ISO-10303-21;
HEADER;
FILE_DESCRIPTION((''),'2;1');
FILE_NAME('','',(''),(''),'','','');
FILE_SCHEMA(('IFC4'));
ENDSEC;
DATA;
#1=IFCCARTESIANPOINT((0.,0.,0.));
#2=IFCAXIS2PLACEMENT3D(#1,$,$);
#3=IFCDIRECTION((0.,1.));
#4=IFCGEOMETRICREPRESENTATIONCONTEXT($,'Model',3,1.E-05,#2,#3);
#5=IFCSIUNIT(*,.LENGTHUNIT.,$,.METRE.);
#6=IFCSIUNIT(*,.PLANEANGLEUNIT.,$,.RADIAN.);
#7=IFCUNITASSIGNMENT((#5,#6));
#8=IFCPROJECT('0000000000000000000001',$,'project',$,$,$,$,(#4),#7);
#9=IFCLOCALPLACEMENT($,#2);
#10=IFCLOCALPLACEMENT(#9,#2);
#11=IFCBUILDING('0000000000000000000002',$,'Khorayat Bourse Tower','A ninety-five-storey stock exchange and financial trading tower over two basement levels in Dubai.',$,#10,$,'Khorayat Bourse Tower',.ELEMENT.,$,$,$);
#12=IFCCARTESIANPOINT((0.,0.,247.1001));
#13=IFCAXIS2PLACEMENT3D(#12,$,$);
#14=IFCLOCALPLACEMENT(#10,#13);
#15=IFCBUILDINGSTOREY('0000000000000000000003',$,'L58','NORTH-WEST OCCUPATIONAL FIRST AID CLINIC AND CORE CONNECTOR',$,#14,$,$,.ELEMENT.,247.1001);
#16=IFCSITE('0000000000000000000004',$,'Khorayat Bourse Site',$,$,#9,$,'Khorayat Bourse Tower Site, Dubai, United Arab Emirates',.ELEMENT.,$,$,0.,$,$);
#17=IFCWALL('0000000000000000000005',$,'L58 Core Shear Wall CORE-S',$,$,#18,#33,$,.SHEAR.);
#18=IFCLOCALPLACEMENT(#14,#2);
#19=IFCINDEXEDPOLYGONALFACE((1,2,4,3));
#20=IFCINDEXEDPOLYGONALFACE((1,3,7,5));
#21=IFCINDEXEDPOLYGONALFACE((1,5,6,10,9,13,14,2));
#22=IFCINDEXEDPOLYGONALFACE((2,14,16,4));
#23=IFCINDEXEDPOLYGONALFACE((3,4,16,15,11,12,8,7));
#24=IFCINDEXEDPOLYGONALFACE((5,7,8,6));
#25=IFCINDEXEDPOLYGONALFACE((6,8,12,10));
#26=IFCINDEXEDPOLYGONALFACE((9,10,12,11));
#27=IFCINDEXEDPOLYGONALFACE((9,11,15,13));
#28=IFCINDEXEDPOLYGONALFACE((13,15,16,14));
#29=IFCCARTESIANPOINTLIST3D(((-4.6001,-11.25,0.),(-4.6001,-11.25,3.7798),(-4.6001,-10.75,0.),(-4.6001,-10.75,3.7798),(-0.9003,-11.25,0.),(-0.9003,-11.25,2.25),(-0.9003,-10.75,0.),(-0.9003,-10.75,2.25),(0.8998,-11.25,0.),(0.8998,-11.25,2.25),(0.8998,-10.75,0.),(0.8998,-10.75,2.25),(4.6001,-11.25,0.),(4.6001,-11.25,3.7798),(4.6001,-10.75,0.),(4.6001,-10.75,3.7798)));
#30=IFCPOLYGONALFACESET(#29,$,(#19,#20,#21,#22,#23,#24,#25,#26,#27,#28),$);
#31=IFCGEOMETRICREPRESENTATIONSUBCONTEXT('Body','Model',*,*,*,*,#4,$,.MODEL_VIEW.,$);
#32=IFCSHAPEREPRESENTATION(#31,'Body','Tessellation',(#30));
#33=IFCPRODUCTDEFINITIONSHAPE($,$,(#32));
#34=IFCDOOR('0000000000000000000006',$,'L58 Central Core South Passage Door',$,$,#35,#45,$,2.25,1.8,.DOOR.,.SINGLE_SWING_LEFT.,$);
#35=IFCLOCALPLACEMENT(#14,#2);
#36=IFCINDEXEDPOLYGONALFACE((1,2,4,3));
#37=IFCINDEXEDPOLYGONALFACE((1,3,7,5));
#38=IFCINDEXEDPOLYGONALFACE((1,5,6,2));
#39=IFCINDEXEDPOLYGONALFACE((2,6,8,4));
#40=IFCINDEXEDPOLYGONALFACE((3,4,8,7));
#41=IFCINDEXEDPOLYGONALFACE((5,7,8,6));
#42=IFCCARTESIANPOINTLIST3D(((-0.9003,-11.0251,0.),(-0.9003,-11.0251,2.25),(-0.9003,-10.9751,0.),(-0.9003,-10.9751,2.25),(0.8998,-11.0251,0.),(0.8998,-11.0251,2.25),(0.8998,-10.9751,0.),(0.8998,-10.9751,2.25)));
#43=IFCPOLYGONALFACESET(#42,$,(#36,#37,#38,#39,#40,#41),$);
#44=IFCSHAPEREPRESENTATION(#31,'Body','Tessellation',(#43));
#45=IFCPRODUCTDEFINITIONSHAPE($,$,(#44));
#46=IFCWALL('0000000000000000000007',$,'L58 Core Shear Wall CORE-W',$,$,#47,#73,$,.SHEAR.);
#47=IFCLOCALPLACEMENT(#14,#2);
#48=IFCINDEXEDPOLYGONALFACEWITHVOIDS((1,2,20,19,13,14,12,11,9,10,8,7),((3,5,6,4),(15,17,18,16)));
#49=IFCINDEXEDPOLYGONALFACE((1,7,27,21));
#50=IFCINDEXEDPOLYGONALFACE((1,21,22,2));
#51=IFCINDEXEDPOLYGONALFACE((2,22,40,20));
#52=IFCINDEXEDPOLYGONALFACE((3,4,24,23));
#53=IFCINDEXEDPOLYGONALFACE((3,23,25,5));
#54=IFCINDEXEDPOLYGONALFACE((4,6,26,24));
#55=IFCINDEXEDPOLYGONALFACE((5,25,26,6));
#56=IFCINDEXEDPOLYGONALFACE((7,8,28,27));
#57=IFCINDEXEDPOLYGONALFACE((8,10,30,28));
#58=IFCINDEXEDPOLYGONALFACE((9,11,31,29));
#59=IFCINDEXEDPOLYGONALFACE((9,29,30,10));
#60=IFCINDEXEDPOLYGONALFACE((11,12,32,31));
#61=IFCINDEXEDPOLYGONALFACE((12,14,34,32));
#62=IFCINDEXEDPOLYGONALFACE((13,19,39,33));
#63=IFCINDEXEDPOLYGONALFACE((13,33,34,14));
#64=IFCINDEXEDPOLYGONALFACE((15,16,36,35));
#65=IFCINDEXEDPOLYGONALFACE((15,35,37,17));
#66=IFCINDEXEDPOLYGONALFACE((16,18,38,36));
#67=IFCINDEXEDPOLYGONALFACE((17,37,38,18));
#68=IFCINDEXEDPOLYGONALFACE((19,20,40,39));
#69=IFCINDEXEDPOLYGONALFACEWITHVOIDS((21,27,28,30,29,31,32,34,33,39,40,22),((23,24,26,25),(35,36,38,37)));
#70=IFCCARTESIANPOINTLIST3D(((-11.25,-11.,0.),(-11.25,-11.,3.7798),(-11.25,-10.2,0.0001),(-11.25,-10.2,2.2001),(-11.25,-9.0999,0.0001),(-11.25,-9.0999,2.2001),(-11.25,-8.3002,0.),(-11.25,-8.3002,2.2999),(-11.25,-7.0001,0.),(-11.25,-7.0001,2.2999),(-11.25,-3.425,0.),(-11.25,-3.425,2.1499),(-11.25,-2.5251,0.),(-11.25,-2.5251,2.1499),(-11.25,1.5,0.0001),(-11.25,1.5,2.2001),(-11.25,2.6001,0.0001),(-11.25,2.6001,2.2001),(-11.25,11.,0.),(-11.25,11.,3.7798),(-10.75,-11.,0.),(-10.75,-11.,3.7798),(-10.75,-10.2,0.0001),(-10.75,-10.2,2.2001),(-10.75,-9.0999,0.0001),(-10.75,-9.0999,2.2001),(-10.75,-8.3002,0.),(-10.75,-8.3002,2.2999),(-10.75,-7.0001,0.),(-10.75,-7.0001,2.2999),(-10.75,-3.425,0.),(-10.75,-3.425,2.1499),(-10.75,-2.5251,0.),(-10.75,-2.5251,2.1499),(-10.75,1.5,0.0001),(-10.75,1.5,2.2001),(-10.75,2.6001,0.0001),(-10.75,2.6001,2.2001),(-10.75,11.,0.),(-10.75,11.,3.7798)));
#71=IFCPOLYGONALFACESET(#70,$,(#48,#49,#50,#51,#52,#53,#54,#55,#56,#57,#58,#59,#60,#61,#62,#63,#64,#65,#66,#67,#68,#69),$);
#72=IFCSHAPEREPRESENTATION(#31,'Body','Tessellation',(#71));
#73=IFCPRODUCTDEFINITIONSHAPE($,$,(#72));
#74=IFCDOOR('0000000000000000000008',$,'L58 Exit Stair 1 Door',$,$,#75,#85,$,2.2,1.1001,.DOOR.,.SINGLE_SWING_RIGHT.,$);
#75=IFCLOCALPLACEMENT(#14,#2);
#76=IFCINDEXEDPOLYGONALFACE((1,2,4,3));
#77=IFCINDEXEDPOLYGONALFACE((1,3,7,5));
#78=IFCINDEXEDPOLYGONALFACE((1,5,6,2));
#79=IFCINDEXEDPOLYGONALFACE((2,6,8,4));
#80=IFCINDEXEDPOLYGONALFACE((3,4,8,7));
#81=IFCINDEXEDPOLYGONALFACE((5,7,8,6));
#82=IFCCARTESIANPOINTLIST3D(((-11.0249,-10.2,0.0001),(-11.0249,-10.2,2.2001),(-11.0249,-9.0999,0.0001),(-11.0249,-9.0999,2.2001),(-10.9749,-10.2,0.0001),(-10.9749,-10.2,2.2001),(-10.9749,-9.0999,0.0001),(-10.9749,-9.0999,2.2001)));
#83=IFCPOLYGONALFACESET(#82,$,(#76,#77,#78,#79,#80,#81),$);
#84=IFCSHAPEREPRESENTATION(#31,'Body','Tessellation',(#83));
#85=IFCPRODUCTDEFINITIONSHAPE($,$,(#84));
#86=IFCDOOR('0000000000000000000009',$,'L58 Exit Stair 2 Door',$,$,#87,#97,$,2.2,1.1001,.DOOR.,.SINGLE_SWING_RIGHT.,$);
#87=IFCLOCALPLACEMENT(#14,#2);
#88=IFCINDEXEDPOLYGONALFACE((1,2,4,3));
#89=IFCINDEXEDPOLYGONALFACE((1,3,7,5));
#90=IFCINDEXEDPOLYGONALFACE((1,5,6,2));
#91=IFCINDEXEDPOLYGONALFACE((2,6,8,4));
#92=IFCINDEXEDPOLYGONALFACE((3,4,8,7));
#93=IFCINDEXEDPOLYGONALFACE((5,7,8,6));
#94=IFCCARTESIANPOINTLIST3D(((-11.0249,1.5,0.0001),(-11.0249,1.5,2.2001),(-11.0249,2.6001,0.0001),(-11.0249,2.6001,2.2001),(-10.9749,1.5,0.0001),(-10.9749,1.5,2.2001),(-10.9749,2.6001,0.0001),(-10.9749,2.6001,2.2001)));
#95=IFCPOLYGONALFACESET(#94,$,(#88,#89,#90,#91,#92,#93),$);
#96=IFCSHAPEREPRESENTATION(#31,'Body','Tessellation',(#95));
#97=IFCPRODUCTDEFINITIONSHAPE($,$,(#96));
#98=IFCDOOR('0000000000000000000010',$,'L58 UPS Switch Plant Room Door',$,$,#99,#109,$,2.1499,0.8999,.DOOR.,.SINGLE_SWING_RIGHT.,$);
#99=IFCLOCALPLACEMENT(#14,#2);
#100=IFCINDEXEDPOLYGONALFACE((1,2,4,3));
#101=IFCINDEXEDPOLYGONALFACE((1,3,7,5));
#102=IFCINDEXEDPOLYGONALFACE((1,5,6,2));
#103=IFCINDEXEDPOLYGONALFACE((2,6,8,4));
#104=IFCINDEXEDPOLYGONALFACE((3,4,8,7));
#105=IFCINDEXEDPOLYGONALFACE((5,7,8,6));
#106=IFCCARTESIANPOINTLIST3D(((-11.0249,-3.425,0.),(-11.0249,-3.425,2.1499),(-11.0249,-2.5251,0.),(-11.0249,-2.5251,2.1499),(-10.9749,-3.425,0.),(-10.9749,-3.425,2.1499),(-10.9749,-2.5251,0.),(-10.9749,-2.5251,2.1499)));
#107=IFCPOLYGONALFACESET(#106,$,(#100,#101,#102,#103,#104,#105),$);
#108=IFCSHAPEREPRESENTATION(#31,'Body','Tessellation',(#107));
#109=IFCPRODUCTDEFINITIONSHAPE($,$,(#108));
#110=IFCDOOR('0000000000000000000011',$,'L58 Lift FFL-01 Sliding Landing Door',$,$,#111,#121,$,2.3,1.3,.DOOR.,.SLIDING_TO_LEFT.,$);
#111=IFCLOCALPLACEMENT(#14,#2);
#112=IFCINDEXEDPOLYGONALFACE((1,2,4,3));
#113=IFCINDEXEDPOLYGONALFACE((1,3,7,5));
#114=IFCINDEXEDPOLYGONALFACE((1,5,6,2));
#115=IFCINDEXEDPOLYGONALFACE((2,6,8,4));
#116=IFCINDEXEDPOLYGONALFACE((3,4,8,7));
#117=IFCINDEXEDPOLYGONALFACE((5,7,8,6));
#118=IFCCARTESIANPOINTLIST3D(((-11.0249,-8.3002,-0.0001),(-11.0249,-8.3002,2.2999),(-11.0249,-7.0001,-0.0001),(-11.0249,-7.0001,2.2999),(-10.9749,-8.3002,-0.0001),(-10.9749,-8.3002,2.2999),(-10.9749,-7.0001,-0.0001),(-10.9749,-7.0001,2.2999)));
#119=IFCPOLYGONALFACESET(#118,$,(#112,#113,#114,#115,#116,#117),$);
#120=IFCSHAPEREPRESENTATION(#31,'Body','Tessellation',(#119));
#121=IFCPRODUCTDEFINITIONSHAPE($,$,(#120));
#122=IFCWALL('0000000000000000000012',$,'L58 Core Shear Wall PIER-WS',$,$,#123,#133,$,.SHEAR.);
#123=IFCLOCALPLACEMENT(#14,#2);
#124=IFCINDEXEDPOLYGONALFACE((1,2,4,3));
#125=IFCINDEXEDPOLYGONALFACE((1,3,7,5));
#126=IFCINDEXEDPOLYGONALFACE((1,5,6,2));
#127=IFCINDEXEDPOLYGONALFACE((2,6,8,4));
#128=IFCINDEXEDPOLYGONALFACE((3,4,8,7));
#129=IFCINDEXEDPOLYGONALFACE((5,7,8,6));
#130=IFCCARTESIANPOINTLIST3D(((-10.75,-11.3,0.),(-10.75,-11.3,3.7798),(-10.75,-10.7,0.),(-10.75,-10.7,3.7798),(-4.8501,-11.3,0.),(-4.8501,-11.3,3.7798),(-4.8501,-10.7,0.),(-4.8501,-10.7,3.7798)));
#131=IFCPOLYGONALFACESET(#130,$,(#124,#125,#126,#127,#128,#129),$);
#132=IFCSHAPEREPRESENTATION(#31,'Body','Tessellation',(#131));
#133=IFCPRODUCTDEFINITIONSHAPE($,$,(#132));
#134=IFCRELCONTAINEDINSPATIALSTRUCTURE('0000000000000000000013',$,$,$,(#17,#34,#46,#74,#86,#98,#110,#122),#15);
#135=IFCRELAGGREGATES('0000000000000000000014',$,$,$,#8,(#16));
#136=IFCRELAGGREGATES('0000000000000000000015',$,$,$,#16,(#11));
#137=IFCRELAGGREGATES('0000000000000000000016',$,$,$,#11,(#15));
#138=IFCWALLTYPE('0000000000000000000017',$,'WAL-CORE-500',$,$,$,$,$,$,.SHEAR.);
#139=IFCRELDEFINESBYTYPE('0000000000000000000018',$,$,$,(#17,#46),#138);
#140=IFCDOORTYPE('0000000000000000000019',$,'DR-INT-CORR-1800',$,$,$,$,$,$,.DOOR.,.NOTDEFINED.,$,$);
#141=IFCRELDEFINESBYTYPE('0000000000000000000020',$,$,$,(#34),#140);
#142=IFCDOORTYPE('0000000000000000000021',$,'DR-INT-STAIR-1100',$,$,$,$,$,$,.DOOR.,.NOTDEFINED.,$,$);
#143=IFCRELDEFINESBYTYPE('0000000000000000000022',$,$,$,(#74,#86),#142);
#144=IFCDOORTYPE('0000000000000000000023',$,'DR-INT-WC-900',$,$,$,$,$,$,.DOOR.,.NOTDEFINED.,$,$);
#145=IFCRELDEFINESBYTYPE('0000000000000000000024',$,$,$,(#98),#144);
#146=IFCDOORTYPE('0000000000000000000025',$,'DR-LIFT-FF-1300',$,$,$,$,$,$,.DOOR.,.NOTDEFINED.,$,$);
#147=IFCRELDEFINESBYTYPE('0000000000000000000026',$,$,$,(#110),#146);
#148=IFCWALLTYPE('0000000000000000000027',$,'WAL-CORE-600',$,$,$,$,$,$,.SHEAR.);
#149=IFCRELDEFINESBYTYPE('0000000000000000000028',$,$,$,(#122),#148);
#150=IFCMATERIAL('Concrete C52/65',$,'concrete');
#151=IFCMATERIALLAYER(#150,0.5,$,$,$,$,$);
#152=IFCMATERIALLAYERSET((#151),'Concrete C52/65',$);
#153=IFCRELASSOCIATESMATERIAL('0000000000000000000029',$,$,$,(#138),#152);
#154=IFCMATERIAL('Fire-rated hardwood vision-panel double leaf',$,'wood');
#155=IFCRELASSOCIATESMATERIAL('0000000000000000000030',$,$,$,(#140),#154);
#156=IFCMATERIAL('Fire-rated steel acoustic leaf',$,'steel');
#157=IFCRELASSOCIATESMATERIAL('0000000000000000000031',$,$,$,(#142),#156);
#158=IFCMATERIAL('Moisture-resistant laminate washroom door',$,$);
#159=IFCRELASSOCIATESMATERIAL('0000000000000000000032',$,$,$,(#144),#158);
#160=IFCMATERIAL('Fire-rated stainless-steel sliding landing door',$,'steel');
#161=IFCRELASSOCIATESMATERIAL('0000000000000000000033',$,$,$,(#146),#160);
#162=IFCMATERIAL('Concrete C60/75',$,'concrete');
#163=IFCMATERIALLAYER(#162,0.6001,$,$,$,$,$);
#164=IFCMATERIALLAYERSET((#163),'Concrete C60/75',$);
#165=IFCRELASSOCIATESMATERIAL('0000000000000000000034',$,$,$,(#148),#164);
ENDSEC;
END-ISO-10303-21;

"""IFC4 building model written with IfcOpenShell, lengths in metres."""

from ifc_helpers import new_model, si_unit, direction, frame, frame_2d, origin, place, context, subcontext, project, spatial, rectangle, extrude, source, transform, mapped, material, layer, layer_set, type_object, element, fill, save


model = new_model("IFC4")

# Units and contexts
model_context = context("Model", 3, precision=1e-05, world=origin(), true_north=direction((0.0, 1.0)))
body_context = subcontext(model_context, "Body", "Model", "MODEL_VIEW")
ifc_project = project(units=[si_unit("LENGTHUNIT", "METRE"), si_unit("PLANEANGLEUNIT", "RADIAN")], contexts=[model_context])

# Site, building, storey
site_placement = place(None, origin())
site = spatial("IfcSite", under=ifc_project, at=site_placement, Name="Khorayat Bourse Site", LongName="Khorayat Bourse Tower Site, Dubai, United Arab Emirates", CompositionType="ELEMENT", RefElevation=0.0)
building_placement = place(site_placement, origin())
building = spatial("IfcBuilding", under=site, at=building_placement, Name="Khorayat Bourse Tower", Description="A ninety-five-storey stock exchange and financial trading tower over two basement levels in Dubai.", LongName="Khorayat Bourse Tower", CompositionType="ELEMENT")
storey_placement = place(building_placement, frame((0.0, 0.0, 247.1001)))
storey = spatial("IfcBuildingStorey", under=building, at=storey_placement, Name="L58", Description="NORTH-WEST OCCUPATIONAL FIRST AID CLINIC AND CORE CONNECTOR", CompositionType="ELEMENT", Elevation=247.1001)

# Shared definitions
ifc_material_1 = material(Name="Concrete C60/75", Category="concrete")

# Wall, opening, door
ifc_material_2 = material(Name="Concrete C52/65", Category="concrete")
ifc_layer_1 = layer(ifc_material_2, 0.5)
ifc_layer_set_1 = layer_set([ifc_layer_1], Name="Concrete C52/65")
wall_type_1 = type_object("IfcWallType", Name="WAL-CORE-500", PredefinedType="SHEAR", material=ifc_layer_set_1)
shared_shape_1 = source(origin(), body_context, "Body", "SweptSolid", [
    extrude(rectangle(XDim=9.2002, YDim=0.5, at=frame_2d((4.6001, 0.0))), origin(), (0.0, 0.0, 1.0), 3.7798),
])
wall_1_placement = place(storey_placement, frame((-4.6001, -11.0, 0.0), z_axis=(0.0, 0.0, 1.0), x_axis=(1.0, 0.0, 0.0)))
wall_1 = element("IfcWall", 1, at=wall_1_placement, inside=storey, type_object=wall_type_1, Name="L58 Core Shear Wall CORE-S", PredefinedType="SHEAR", context=body_context, shape_type="MappedRepresentation", body=[
    mapped(shared_shape_1, transform((0.0, 0.0, 0.0), scale=1.0)),
])
shared_shape_2 = source(origin(), body_context, "Body", "SweptSolid", [
    extrude(rectangle(XDim=1.8, YDim=2.25, at=frame_2d((0.8999, 1.125))), frame((0.0, 0.26, 0.0), z_axis=(0.0, -1.0, 0.0), x_axis=(1.0, 0.0, 0.0)), (0.0, 0.0, 1.0), 0.52),
])
opening_1_placement = place(wall_1_placement, frame((3.7, 0.0, 0.0)))
opening_1 = element("IfcOpeningElement", 2, at=opening_1_placement, cuts=wall_1, PredefinedType="OPENING", context=body_context, shape_type="MappedRepresentation", body=[
    mapped(shared_shape_2, transform((0.0, 0.0, 0.0), scale=1.0)),
])
ifc_material_3 = material(Name="Fire-rated hardwood vision-panel double leaf", Category="wood")
door_type_1 = type_object("IfcDoorType", Name="DR-INT-CORR-1800", OperationType="NOTDEFINED", PredefinedType="DOOR", material=ifc_material_3)
shared_shape_3 = source(origin(), body_context, "Body", "SweptSolid", [
    extrude(rectangle(XDim=1.8, YDim=2.25, at=frame_2d((0.8999, 1.125))), frame((0.0, 0.0249, 0.0), z_axis=(0.0, -1.0, 0.0), x_axis=(1.0, 0.0, 0.0)), (0.0, 0.0, 1.0), 0.05),
])
door_1_placement = place(opening_1_placement, origin())
door_1 = element("IfcDoor", 3, at=door_1_placement, inside=storey, type_object=door_type_1, Name="L58 Central Core South Passage Door", OperationType="SINGLE_SWING_LEFT", OverallHeight=2.25, OverallWidth=1.8, PredefinedType="DOOR", context=body_context, shape_type="MappedRepresentation", body=[
    mapped(shared_shape_3, transform((0.0, 0.0, 0.0), scale=1.0)),
])
fill(opening_1, door_1)

# Wall, openings, doors
shared_shape_4 = source(origin(), body_context, "Body", "SweptSolid", [
    extrude(rectangle(XDim=22.0, YDim=0.5, at=frame_2d((11.0, 0.0))), origin(), (0.0, 0.0, 1.0), 3.7798),
])
wall_2_placement = place(storey_placement, frame((-11.0, -11.0, 0.0), z_axis=(0.0, 0.0, 1.0), x_axis=(0.0, 1.0, 0.0)))
wall_2 = element("IfcWall", 4, at=wall_2_placement, inside=storey, type_object=wall_type_1, Name="L58 Core Shear Wall CORE-W", PredefinedType="SHEAR", context=body_context, shape_type="MappedRepresentation", body=[
    mapped(shared_shape_4, transform((0.0, 0.0, 0.0), scale=1.0)),
])
shared_shape_5 = source(origin(), body_context, "Body", "SweptSolid", [
    extrude(rectangle(XDim=1.1001, YDim=2.2, at=frame_2d((0.55, 1.1001))), frame((0.0, 0.26, 0.0), z_axis=(0.0, -1.0, 0.0), x_axis=(1.0, 0.0, 0.0)), (0.0, 0.0, 1.0), 0.52),
])
opening_2_placement = place(wall_2_placement, frame((0.8, 0.0, 0.0)))
opening_2 = element("IfcOpeningElement", 5, at=opening_2_placement, cuts=wall_2, PredefinedType="OPENING", context=body_context, shape_type="MappedRepresentation", body=[
    mapped(shared_shape_5, transform((0.0, 0.0, 0.0), scale=1.0)),
])
opening_3_placement = place(wall_2_placement, frame((12.5, 0.0, 0.0)))
opening_3 = element("IfcOpeningElement", 6, at=opening_3_placement, cuts=wall_2, PredefinedType="OPENING", context=body_context, shape_type="MappedRepresentation", body=[
    mapped(shared_shape_5, transform((0.0, 0.0, 0.0), scale=1.0)),
])
shared_shape_6 = source(origin(), body_context, "Body", "SweptSolid", [
    extrude(rectangle(XDim=0.8999, YDim=2.1499, at=frame_2d((0.45, 1.075))), frame((0.0, 0.26, 0.0), z_axis=(0.0, -1.0, 0.0), x_axis=(1.0, 0.0, 0.0)), (0.0, 0.0, 1.0), 0.52),
])
opening_4_placement = place(wall_2_placement, frame((7.575, 0.0, 0.0)))
opening_4 = element("IfcOpeningElement", 7, at=opening_4_placement, cuts=wall_2, PredefinedType="OPENING", context=body_context, shape_type="MappedRepresentation", body=[
    mapped(shared_shape_6, transform((0.0, 0.0, 0.0), scale=1.0)),
])
shared_shape_7 = source(origin(), body_context, "Body", "SweptSolid", [
    extrude(rectangle(XDim=1.3, YDim=2.3, at=frame_2d((0.6499, 1.1499))), frame((0.0, 0.26, 0.0), z_axis=(0.0, -1.0, 0.0), x_axis=(1.0, 0.0, 0.0)), (0.0, 0.0, 1.0), 0.52),
])
opening_5_placement = place(wall_2_placement, frame((2.7, 0.0, 0.0)))
opening_5 = element("IfcOpeningElement", 8, at=opening_5_placement, cuts=wall_2, PredefinedType="OPENING", context=body_context, shape_type="MappedRepresentation", body=[
    mapped(shared_shape_7, transform((0.0, 0.0, 0.0), scale=1.0)),
])
ifc_material_4 = material(Name="Fire-rated steel acoustic leaf", Category="steel")
door_type_2 = type_object("IfcDoorType", Name="DR-INT-STAIR-1100", OperationType="NOTDEFINED", PredefinedType="DOOR", material=ifc_material_4)
shared_shape_8 = source(origin(), body_context, "Body", "SweptSolid", [
    extrude(rectangle(XDim=1.1001, YDim=2.2, at=frame_2d((0.55, 1.1001))), frame((0.0, 0.0249, 0.0), z_axis=(0.0, -1.0, 0.0), x_axis=(1.0, 0.0, 0.0)), (0.0, 0.0, 1.0), 0.05),
])
door_2_placement = place(opening_2_placement, origin())
door_2 = element("IfcDoor", 9, at=door_2_placement, inside=storey, type_object=door_type_2, Name="L58 Exit Stair 1 Door", OperationType="SINGLE_SWING_RIGHT", OverallHeight=2.2, OverallWidth=1.1001, PredefinedType="DOOR", context=body_context, shape_type="MappedRepresentation", body=[
    mapped(shared_shape_8, transform((0.0, 0.0, 0.0), scale=1.0)),
])
fill(opening_2, door_2)
door_3_placement = place(opening_3_placement, origin())
door_3 = element("IfcDoor", 10, at=door_3_placement, inside=storey, type_object=door_type_2, Name="L58 Exit Stair 2 Door", OperationType="SINGLE_SWING_RIGHT", OverallHeight=2.2, OverallWidth=1.1001, PredefinedType="DOOR", context=body_context, shape_type="MappedRepresentation", body=[
    mapped(shared_shape_8, transform((0.0, 0.0, 0.0), scale=1.0)),
])
fill(opening_3, door_3)
ifc_material_5 = material(Name="Moisture-resistant laminate washroom door")
door_type_3 = type_object("IfcDoorType", Name="DR-INT-WC-900", OperationType="NOTDEFINED", PredefinedType="DOOR", material=ifc_material_5)
shared_shape_9 = source(origin(), body_context, "Body", "SweptSolid", [
    extrude(rectangle(XDim=0.8999, YDim=2.1499, at=frame_2d((0.45, 1.075))), frame((0.0, 0.0249, 0.0), z_axis=(0.0, -1.0, 0.0), x_axis=(1.0, 0.0, 0.0)), (0.0, 0.0, 1.0), 0.05),
])
door_4_placement = place(opening_4_placement, origin())
door_4 = element("IfcDoor", 11, at=door_4_placement, inside=storey, type_object=door_type_3, Name="L58 UPS Switch Plant Room Door", OperationType="SINGLE_SWING_RIGHT", OverallHeight=2.1499, OverallWidth=0.8999, PredefinedType="DOOR", context=body_context, shape_type="MappedRepresentation", body=[
    mapped(shared_shape_9, transform((0.0, 0.0, 0.0), scale=1.0)),
])
fill(opening_4, door_4)
ifc_material_6 = material(Name="Fire-rated stainless-steel sliding landing door", Category="steel")
door_type_4 = type_object("IfcDoorType", Name="DR-LIFT-FF-1300", OperationType="NOTDEFINED", PredefinedType="DOOR", material=ifc_material_6)
shared_shape_10 = source(origin(), body_context, "Body", "SweptSolid", [
    extrude(rectangle(XDim=1.3, YDim=2.3, at=frame_2d((0.6499, 1.1499))), frame((0.0, 0.0249, 0.0), z_axis=(0.0, -1.0, 0.0), x_axis=(1.0, 0.0, 0.0)), (0.0, 0.0, 1.0), 0.05),
])
door_5_placement = place(opening_5_placement, origin())
door_5 = element("IfcDoor", 12, at=door_5_placement, inside=storey, type_object=door_type_4, Name="L58 Lift FFL-01 Sliding Landing Door", OperationType="SLIDING_TO_LEFT", OverallHeight=2.3, OverallWidth=1.3, PredefinedType="DOOR", context=body_context, shape_type="MappedRepresentation", body=[
    mapped(shared_shape_10, transform((0.0, 0.0, 0.0), scale=1.0)),
])
fill(opening_5, door_5)

# Wall
ifc_layer_2 = layer(ifc_material_1, 0.6001)
ifc_layer_set_2 = layer_set([ifc_layer_2], Name="Concrete C60/75")
wall_type_2 = type_object("IfcWallType", Name="WAL-CORE-600", PredefinedType="SHEAR", material=ifc_layer_set_2)
shared_shape_11 = source(origin(), body_context, "Body", "SweptSolid", [
    extrude(rectangle(XDim=5.8999, YDim=0.6001, at=frame_2d((2.95, 0.0))), origin(), (0.0, 0.0, 1.0), 3.7798),
])
wall_3_placement = place(storey_placement, frame((-10.75, -11.0, 0.0), z_axis=(0.0, 0.0, 1.0), x_axis=(1.0, 0.0, 0.0)))
element("IfcWall", 13, at=wall_3_placement, inside=storey, type_object=wall_type_2, Name="L58 Core Shear Wall PIER-WS", PredefinedType="SHEAR", context=body_context, shape_type="MappedRepresentation", body=[
    mapped(shared_shape_11, transform((0.0, 0.0, 0.0), scale=1.0)),
])

save(model, "model.ifc")
